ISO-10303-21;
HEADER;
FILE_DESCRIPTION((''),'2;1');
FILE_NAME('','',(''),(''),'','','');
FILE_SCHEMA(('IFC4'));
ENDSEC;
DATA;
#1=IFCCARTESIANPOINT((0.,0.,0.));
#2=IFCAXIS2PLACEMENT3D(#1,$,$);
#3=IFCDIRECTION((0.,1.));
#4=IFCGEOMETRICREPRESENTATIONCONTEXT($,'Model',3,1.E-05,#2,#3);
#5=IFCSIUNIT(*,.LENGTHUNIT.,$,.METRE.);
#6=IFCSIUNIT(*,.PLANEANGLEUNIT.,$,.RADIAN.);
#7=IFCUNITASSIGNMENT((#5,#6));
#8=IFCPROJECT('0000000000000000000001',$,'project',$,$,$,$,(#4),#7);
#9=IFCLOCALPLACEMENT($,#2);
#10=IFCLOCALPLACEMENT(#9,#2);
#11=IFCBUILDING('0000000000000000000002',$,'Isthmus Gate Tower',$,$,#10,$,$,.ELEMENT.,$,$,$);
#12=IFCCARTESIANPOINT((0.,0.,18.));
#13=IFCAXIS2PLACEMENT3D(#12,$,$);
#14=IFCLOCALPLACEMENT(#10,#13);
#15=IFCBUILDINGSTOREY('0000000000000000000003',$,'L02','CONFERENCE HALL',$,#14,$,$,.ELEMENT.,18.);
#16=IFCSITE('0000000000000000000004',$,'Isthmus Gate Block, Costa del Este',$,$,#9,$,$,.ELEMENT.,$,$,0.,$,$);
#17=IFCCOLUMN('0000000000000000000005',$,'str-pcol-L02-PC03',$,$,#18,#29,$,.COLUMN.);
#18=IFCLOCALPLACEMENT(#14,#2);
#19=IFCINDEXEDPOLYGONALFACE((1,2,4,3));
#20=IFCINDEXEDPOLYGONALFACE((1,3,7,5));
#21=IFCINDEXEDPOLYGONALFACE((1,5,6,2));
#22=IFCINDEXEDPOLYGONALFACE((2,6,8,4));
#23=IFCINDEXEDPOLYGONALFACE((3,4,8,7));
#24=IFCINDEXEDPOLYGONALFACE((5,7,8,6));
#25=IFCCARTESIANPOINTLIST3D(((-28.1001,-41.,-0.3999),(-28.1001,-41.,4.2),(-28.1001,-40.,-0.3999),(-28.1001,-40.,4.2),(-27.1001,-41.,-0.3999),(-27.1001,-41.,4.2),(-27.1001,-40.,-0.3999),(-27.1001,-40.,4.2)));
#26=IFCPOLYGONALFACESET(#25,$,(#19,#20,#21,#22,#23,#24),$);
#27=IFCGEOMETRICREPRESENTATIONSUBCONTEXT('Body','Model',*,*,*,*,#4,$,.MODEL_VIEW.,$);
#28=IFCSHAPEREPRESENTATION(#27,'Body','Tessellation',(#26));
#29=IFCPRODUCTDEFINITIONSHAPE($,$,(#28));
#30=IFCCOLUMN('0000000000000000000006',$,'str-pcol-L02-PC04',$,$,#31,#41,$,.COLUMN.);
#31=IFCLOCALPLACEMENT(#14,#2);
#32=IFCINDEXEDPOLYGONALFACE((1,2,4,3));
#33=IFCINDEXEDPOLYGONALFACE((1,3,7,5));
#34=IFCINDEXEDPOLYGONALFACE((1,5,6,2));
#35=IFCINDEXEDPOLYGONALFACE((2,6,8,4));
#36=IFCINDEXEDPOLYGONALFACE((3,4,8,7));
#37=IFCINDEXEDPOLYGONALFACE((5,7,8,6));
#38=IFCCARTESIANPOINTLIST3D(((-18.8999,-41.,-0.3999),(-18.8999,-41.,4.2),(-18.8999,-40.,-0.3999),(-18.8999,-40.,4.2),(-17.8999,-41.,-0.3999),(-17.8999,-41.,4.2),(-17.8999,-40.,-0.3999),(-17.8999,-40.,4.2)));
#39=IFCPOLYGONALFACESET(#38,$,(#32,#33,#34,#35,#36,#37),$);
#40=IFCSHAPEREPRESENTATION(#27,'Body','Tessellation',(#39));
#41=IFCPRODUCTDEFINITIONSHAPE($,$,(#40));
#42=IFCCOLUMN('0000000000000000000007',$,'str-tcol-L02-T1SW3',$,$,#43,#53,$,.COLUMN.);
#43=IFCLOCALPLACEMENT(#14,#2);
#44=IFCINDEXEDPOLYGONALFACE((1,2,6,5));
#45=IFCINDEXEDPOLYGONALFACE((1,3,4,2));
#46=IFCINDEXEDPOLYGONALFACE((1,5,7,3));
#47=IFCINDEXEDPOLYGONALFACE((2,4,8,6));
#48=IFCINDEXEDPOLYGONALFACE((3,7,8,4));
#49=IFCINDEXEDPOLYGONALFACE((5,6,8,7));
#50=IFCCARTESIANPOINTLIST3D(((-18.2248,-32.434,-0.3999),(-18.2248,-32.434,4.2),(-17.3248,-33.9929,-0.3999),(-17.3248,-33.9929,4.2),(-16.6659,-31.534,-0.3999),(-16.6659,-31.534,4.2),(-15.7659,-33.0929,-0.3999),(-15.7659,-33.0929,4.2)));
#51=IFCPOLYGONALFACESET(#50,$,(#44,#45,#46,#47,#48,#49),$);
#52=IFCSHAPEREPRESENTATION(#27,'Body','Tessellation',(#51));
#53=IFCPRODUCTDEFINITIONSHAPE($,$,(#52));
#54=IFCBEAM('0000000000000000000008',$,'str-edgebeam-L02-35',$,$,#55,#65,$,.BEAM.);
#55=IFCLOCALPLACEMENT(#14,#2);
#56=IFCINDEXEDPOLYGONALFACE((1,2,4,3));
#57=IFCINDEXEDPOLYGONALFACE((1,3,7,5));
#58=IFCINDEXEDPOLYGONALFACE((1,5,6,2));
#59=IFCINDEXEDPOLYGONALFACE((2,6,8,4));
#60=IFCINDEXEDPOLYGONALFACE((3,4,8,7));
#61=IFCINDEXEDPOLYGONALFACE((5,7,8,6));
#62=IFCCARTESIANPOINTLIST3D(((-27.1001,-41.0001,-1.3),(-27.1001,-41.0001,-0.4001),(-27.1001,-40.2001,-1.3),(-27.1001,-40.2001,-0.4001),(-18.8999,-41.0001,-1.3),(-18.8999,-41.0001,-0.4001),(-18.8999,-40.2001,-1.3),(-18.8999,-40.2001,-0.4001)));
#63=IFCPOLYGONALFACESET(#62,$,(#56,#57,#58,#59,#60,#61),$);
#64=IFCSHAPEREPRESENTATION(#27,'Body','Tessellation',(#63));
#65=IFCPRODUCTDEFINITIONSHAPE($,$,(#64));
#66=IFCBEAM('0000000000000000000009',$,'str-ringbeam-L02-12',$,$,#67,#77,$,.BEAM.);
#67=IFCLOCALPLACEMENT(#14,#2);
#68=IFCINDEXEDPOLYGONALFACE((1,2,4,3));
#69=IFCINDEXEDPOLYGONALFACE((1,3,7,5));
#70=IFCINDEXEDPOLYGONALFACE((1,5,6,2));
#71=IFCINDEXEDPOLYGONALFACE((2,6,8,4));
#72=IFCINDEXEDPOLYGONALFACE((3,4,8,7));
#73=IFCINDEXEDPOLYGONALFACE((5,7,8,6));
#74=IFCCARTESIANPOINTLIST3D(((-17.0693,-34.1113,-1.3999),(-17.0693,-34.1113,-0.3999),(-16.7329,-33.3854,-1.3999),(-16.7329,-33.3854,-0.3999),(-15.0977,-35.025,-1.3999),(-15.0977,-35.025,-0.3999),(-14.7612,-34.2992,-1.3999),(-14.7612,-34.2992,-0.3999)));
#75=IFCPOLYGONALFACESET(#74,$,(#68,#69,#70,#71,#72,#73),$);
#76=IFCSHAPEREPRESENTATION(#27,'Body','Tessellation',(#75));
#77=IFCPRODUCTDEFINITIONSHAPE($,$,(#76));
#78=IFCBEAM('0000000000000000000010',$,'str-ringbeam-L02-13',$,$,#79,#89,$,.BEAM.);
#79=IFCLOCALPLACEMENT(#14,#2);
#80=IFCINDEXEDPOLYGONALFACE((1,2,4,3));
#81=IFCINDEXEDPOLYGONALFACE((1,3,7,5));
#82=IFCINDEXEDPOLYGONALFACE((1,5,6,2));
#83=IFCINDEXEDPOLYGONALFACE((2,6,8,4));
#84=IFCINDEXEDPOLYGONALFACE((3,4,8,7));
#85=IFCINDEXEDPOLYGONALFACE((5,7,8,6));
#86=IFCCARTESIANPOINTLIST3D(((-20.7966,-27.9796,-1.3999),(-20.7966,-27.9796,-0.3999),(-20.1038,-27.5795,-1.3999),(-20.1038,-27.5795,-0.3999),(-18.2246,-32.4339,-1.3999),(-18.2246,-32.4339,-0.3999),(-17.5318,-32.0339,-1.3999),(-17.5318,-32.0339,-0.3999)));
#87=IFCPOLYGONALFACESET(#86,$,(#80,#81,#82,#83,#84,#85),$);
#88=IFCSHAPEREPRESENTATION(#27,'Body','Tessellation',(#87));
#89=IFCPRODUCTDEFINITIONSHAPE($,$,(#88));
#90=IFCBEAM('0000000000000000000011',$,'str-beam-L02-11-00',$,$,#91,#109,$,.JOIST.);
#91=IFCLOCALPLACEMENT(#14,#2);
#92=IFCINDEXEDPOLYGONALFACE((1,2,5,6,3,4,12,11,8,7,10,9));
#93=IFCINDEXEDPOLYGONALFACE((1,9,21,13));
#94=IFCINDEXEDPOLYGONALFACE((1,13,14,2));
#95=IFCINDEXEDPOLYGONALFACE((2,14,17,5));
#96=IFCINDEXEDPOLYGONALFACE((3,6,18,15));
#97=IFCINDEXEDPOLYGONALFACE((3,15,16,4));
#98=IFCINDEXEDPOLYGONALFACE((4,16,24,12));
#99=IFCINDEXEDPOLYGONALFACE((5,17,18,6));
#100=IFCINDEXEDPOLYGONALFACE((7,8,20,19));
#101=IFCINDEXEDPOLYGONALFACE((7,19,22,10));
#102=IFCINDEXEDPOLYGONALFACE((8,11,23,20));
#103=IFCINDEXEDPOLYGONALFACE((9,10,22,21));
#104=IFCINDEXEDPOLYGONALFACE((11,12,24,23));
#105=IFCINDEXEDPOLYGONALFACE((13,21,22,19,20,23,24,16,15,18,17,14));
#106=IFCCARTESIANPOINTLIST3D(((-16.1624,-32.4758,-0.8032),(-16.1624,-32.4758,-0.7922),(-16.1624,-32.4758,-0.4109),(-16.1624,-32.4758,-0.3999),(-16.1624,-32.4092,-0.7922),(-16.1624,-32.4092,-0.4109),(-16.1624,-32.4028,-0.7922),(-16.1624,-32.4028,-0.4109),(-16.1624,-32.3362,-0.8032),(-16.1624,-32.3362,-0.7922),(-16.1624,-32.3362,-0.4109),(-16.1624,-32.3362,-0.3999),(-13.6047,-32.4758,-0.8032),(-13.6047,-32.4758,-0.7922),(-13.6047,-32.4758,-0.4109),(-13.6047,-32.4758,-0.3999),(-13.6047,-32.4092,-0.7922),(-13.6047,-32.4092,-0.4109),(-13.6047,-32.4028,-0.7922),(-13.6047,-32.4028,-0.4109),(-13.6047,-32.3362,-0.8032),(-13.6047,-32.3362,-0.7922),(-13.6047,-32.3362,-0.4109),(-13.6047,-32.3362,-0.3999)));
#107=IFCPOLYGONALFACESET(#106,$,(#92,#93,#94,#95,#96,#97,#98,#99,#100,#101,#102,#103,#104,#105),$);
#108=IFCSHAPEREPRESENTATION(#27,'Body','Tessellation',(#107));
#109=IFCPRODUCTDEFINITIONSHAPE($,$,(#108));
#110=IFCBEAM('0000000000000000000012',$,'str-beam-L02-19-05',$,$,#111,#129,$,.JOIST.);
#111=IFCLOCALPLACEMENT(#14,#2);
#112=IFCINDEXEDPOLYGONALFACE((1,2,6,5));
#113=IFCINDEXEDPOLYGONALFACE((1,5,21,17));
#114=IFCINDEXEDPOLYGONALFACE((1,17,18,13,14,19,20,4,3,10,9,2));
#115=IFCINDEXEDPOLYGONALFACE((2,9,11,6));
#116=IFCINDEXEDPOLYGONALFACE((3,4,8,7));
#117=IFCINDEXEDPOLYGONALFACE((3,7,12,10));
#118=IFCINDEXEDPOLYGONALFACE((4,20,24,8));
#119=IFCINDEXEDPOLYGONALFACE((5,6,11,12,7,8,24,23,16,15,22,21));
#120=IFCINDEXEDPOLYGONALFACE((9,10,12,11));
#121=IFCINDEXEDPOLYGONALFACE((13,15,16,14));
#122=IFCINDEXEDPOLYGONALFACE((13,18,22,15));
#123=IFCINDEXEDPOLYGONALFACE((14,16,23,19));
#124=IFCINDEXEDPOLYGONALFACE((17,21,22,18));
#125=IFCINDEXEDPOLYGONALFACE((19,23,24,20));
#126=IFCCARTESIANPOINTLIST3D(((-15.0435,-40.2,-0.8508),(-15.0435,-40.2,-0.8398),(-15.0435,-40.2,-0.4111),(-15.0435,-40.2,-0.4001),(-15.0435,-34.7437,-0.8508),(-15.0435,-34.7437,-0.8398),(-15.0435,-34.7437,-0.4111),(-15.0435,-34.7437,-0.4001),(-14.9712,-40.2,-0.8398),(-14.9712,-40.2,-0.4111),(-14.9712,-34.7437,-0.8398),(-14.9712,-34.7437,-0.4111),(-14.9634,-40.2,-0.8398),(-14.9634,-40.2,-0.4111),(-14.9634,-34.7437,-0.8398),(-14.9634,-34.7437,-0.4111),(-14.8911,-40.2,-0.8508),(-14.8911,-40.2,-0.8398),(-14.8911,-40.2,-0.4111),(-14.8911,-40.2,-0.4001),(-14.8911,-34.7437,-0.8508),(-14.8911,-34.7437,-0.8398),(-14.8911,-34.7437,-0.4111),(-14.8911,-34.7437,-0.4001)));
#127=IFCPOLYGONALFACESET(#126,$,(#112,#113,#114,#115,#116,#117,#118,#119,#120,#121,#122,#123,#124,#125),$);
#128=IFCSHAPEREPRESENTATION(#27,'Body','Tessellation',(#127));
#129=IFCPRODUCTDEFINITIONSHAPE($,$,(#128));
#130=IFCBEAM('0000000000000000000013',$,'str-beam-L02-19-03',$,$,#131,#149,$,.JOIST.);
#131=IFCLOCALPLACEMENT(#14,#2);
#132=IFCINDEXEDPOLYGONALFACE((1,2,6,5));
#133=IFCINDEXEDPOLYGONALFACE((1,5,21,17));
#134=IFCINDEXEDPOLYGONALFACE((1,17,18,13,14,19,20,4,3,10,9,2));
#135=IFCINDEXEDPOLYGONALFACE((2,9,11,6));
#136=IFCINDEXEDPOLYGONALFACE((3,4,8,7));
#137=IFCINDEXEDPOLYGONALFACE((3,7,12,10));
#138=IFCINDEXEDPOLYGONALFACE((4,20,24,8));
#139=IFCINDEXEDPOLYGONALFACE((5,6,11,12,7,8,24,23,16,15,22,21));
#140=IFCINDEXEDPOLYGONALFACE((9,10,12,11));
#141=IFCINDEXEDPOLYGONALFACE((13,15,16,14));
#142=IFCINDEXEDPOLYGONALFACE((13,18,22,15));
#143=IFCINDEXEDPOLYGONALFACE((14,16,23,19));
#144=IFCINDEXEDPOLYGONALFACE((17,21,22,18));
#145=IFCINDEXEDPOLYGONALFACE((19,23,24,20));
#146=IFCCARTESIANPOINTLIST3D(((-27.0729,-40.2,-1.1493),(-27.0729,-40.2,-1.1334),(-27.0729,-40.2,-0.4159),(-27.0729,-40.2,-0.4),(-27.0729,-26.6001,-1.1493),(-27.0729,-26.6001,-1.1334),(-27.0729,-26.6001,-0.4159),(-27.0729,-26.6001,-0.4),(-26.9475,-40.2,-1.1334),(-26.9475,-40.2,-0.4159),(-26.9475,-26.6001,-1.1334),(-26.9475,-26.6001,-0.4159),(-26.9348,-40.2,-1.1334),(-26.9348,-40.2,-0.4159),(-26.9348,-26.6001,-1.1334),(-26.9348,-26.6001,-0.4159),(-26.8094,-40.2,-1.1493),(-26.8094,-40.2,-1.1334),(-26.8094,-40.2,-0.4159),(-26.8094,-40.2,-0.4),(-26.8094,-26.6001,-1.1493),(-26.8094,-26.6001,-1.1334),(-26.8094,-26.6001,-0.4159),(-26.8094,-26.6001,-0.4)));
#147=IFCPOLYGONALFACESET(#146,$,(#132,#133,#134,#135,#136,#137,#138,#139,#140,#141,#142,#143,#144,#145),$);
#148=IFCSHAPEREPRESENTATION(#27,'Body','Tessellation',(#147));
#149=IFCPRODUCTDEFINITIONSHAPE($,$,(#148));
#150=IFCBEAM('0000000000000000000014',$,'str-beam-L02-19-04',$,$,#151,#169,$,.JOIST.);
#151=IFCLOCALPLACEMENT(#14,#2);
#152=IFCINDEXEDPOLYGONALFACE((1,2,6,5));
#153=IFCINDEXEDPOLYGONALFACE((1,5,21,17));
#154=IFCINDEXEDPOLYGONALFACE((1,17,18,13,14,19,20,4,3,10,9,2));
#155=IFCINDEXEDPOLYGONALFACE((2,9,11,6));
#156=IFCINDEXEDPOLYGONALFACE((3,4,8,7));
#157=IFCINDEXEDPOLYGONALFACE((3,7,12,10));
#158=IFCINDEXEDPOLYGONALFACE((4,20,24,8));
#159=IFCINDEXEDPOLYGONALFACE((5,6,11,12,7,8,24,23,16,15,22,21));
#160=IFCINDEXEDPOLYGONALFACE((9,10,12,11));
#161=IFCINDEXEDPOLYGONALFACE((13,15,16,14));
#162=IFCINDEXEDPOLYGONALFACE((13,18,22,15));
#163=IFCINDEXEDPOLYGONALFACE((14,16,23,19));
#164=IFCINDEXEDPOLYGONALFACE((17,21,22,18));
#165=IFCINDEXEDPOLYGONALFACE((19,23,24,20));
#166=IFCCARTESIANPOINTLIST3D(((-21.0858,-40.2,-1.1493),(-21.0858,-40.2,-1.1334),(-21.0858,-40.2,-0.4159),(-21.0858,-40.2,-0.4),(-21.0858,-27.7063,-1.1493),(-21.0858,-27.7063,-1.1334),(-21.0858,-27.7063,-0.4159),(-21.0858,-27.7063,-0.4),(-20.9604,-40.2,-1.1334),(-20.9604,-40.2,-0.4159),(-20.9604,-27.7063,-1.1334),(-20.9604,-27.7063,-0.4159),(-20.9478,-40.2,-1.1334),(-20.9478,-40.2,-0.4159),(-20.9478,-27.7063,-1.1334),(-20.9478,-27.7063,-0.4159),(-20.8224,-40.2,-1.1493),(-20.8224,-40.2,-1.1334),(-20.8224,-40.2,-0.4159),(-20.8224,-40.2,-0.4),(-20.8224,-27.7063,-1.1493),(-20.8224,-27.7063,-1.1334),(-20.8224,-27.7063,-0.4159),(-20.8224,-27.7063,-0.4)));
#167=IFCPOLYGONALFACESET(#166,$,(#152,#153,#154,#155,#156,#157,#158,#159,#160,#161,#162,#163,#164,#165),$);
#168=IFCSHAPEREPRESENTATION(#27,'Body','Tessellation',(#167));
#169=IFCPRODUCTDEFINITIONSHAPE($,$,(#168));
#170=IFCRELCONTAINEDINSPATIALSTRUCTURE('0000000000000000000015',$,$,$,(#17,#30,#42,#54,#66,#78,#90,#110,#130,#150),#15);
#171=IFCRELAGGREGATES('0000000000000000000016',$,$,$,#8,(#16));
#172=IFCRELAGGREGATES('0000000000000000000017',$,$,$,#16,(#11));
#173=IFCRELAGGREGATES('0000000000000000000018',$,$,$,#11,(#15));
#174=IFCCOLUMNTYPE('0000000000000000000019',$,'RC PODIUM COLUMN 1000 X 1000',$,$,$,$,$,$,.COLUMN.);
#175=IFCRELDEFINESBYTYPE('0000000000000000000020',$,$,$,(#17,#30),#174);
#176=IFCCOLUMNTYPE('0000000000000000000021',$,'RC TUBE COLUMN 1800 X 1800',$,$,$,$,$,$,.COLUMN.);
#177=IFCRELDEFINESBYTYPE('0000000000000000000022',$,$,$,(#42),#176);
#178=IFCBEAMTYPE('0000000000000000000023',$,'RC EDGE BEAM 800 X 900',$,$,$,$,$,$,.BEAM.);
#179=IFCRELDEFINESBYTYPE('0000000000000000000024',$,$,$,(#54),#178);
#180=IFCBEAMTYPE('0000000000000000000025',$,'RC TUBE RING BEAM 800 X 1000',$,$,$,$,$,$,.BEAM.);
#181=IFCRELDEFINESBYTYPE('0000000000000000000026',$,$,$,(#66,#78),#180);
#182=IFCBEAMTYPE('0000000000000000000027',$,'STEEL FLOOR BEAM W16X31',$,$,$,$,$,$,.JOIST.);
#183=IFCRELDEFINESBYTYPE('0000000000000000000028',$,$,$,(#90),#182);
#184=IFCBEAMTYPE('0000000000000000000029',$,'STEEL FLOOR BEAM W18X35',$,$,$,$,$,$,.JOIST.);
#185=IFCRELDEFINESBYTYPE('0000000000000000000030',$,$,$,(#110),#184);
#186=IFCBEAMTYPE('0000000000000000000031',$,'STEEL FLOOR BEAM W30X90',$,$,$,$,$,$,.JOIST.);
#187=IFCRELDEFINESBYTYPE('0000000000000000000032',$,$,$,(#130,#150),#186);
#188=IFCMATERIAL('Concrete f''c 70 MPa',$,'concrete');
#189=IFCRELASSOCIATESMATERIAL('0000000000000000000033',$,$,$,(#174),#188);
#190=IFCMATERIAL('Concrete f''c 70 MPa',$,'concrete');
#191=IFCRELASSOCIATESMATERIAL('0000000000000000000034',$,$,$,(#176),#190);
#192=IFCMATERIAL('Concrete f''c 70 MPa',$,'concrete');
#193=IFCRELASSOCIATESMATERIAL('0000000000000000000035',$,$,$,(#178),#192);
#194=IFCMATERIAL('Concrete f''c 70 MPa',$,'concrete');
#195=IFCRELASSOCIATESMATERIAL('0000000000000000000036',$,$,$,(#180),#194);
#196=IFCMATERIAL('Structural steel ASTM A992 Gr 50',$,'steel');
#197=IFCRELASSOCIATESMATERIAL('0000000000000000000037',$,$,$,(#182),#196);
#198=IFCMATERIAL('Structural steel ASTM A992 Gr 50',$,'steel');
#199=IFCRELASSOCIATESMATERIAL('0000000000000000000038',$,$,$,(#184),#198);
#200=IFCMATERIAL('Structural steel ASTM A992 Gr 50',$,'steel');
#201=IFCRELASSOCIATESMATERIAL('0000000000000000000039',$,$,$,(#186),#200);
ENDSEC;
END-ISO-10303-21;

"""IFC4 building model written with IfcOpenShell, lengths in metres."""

from ifc_helpers import new_model, si_unit, direction, frame, origin, origin_2d, place, context, subcontext, project, spatial, rectangle, i_section, extrude, material, material_profile, profile_set, type_object, element, save


model = new_model("IFC4")

# Units and contexts
model_context = context("Model", 3, precision=1e-05, world=origin(), true_north=direction((0.0, 1.0)))
body_context = subcontext(model_context, "Body", "Model", "MODEL_VIEW")
ifc_project = project(units=[si_unit("LENGTHUNIT", "METRE"), si_unit("PLANEANGLEUNIT", "RADIAN")], contexts=[model_context])

# Site, building, storey
site_placement = place(None, origin())
site = spatial("IfcSite", under=ifc_project, at=site_placement, Name="Isthmus Gate Block, Costa del Este", CompositionType="ELEMENT", RefElevation=0.0)
building_placement = place(site_placement, origin())
building = spatial("IfcBuilding", under=site, at=building_placement, Name="Isthmus Gate Tower", CompositionType="ELEMENT")
storey_placement = place(building_placement, frame((0.0, 0.0, 18.0)))
storey = spatial("IfcBuildingStorey", under=building, at=storey_placement, Name="L02", Description="CONFERENCE HALL", CompositionType="ELEMENT", Elevation=18.0)

# Columns
ifc_material_1 = material(Name="Concrete f'c 70 MPa", Category="concrete")
ifc_material_profile_1 = material_profile(ifc_material_1, rectangle(XDim=1.0, YDim=1.0, at=origin_2d()), Name="RC 1000X1000")
ifc_profile_set_1 = profile_set([ifc_material_profile_1], Name="Concrete f'c 70 MPa")
column_type_1 = type_object("IfcColumnType", Name="RC PODIUM COLUMN 1000 X 1000", PredefinedType="COLUMN", material=ifc_profile_set_1)
for number, where, z_axis, x_axis, name in (
    (1, (-27.6001, -40.5, -0.3999), (0.0, 0.0, 1.0), (1.0, 0.0, 0.0), "str-pcol-L02-PC03"),
    (2, (-18.3999, -40.5, -0.3999), (0.0, 0.0, 1.0), (1.0, 0.0, 0.0), "str-pcol-L02-PC04"),
):
    element("IfcColumn", number, at=place(storey_placement, frame(where, z_axis=z_axis, x_axis=x_axis)), inside=storey, type_object=column_type_1, Name=name, PredefinedType="COLUMN", context=body_context, shape_type="SweptSolid", body=[
        extrude(rectangle(XDim=1.0, YDim=1.0, at=origin_2d()), origin(), (0.0, 0.0, 1.0), 4.5999),
    ])
ifc_material_2 = material(Name="Concrete f'c 70 MPa", Category="concrete")
ifc_material_profile_2 = material_profile(ifc_material_2, rectangle(XDim=1.8, YDim=1.8, at=origin_2d()), Name="RC 1800X1800")
ifc_profile_set_2 = profile_set([ifc_material_profile_2], Name="Concrete f'c 70 MPa")
column_type_2 = type_object("IfcColumnType", Name="RC TUBE COLUMN 1800 X 1800", PredefinedType="COLUMN", material=ifc_profile_set_2)
column_placement = place(storey_placement, frame((-16.9954, -32.7634, -0.3999), z_axis=(0.0, 0.0, 1.0), x_axis=(0.5, -0.866025, 0.0)))
element("IfcColumn", 3, at=column_placement, inside=storey, type_object=column_type_2, Name="str-tcol-L02-T1SW3", PredefinedType="COLUMN", context=body_context, shape_type="SweptSolid", body=[
    extrude(rectangle(XDim=1.8, YDim=1.8, at=origin_2d()), origin(), (0.0, 0.0, 1.0), 4.5999),
])

# Beams
ifc_material_3 = material(Name="Concrete f'c 70 MPa", Category="concrete")
ifc_material_profile_3 = material_profile(ifc_material_3, rectangle(XDim=0.8, YDim=0.8999, at=origin_2d()), Name="RC 800X900")
ifc_profile_set_3 = profile_set([ifc_material_profile_3], Name="Concrete f'c 70 MPa")
beam_type_1 = type_object("IfcBeamType", Name="RC EDGE BEAM 800 X 900", PredefinedType="BEAM", material=ifc_profile_set_3)
beam_1_placement = place(storey_placement, frame((-18.8999, -40.6001, -0.8501), z_axis=(-1.0, 0.0, 0.0), x_axis=(0.0, -1.0, 0.0)))
element("IfcBeam", 4, at=beam_1_placement, inside=storey, type_object=beam_type_1, Name="str-edgebeam-L02-35", PredefinedType="BEAM", context=body_context, shape_type="SweptSolid", body=[
    extrude(rectangle(XDim=0.8, YDim=0.8999, at=origin_2d()), origin(), (0.0, 0.0, 1.0), 8.2002),
])
ifc_material_4 = material(Name="Concrete f'c 70 MPa", Category="concrete")
ifc_material_profile_4 = material_profile(ifc_material_4, rectangle(XDim=0.8, YDim=1.0, at=origin_2d()), Name="RC 800X1000")
ifc_profile_set_4 = profile_set([ifc_material_profile_4], Name="Concrete f'c 70 MPa")
beam_type_2 = type_object("IfcBeamType", Name="RC TUBE RING BEAM 800 X 1000", PredefinedType="BEAM", material=ifc_profile_set_4)
beam_2_placement = place(storey_placement, frame((-14.9294, -34.6621, -0.8999), z_axis=(-0.907291, 0.420504, 0.0), x_axis=(-0.420504, -0.907291, 0.0)))
element("IfcBeam", 5, at=beam_2_placement, inside=storey, type_object=beam_type_2, Name="str-ringbeam-L02-12", PredefinedType="BEAM", context=body_context, shape_type="SweptSolid", body=[
    extrude(rectangle(XDim=0.8, YDim=1.0, at=origin_2d()), origin(), (0.0, 0.0, 1.0), 2.1731),
])
beam_3_placement = place(storey_placement, frame((-17.8782, -32.2339, -0.8999), z_axis=(-0.500044, 0.866, 0.0), x_axis=(-0.866, -0.500044, 0.0)))
element("IfcBeam", 6, at=beam_3_placement, inside=storey, type_object=beam_type_2, Name="str-ringbeam-L02-13", PredefinedType="BEAM", context=body_context, shape_type="SweptSolid", body=[
    extrude(rectangle(XDim=0.8, YDim=1.0, at=origin_2d()), origin(), (0.0, 0.0, 1.0), 5.1436),
])
ifc_material_5 = material(Name="Structural steel ASTM A992 Gr 50", Category="steel")
ifc_material_profile_5 = material_profile(ifc_material_5, i_section(OverallWidth=0.1396, OverallDepth=0.4033, WebThickness=0.0063, FlangeThickness=0.011, at=origin_2d()), Name="W16X31")
ifc_profile_set_5 = profile_set([ifc_material_profile_5], Name="Structural steel ASTM A992 Gr 50")
beam_type_3 = type_object("IfcBeamType", Name="STEEL FLOOR BEAM W16X31", PredefinedType="JOIST", material=ifc_profile_set_5)
beam_4_placement = place(storey_placement, frame((-16.1624, -32.406, -0.6016), z_axis=(1.0, 0.0, 0.0), x_axis=(0.0, 1.0, 0.0)))
element("IfcBeam", 7, at=beam_4_placement, inside=storey, type_object=beam_type_3, Name="str-beam-L02-11-00", PredefinedType="JOIST", context=body_context, shape_type="SweptSolid", body=[
    extrude(i_section(OverallWidth=0.1396, OverallDepth=0.4033, WebThickness=0.0063, FlangeThickness=0.011, at=origin_2d()), origin(), (0.0, 0.0, 1.0), 2.5576),
])
ifc_material_6 = material(Name="Structural steel ASTM A992 Gr 50", Category="steel")
ifc_material_profile_6 = material_profile(ifc_material_6, i_section(OverallWidth=0.1523, OverallDepth=0.4507, WebThickness=0.0078, FlangeThickness=0.011, at=origin_2d()), Name="W18X35")
ifc_profile_set_6 = profile_set([ifc_material_profile_6], Name="Structural steel ASTM A992 Gr 50")
beam_type_4 = type_object("IfcBeamType", Name="STEEL FLOOR BEAM W18X35", PredefinedType="JOIST", material=ifc_profile_set_6)
beam_5_placement = place(storey_placement, frame((-14.9673, -40.2, -0.6255), z_axis=(0.0, 1.0, 0.0), x_axis=(-1.0, 0.0, 0.0)))
element("IfcBeam", 8, at=beam_5_placement, inside=storey, type_object=beam_type_4, Name="str-beam-L02-19-05", PredefinedType="JOIST", context=body_context, shape_type="SweptSolid", body=[
    extrude(i_section(OverallWidth=0.1523, OverallDepth=0.4507, WebThickness=0.0078, FlangeThickness=0.011, at=origin_2d()), origin(), (0.0, 0.0, 1.0), 5.4563),
])
ifc_material_7 = material(Name="Structural steel ASTM A992 Gr 50", Category="steel")
ifc_material_profile_7 = material_profile(ifc_material_7, i_section(OverallWidth=0.2634, OverallDepth=0.7493, WebThickness=0.0127, FlangeThickness=0.0159, at=origin_2d()), Name="W30X90")
ifc_profile_set_7 = profile_set([ifc_material_profile_7], Name="Structural steel ASTM A992 Gr 50")
beam_type_5 = type_object("IfcBeamType", Name="STEEL FLOOR BEAM W30X90", PredefinedType="JOIST", material=ifc_profile_set_7)
beam_6_placement = place(storey_placement, frame((-26.9412, -40.2, -0.7747), z_axis=(0.0, 1.0, 0.0), x_axis=(-1.0, 0.0, 0.0)))
element("IfcBeam", 9, at=beam_6_placement, inside=storey, type_object=beam_type_5, Name="str-beam-L02-19-03", PredefinedType="JOIST", context=body_context, shape_type="SweptSolid", body=[
    extrude(i_section(OverallWidth=0.2634, OverallDepth=0.7493, WebThickness=0.0127, FlangeThickness=0.0159, at=origin_2d()), origin(), (0.0, 0.0, 1.0), 13.5999),
])
beam_7_placement = place(storey_placement, frame((-20.9541, -40.2, -0.7747), z_axis=(0.0, 1.0, 0.0), x_axis=(-1.0, 0.0, 0.0)))
element("IfcBeam", 10, at=beam_7_placement, inside=storey, type_object=beam_type_5, Name="str-beam-L02-19-04", PredefinedType="JOIST", context=body_context, shape_type="SweptSolid", body=[
    extrude(i_section(OverallWidth=0.2634, OverallDepth=0.7493, WebThickness=0.0127, FlangeThickness=0.0159, at=origin_2d()), origin(), (0.0, 0.0, 1.0), 12.4937),
])

save(model, "model.ifc")
